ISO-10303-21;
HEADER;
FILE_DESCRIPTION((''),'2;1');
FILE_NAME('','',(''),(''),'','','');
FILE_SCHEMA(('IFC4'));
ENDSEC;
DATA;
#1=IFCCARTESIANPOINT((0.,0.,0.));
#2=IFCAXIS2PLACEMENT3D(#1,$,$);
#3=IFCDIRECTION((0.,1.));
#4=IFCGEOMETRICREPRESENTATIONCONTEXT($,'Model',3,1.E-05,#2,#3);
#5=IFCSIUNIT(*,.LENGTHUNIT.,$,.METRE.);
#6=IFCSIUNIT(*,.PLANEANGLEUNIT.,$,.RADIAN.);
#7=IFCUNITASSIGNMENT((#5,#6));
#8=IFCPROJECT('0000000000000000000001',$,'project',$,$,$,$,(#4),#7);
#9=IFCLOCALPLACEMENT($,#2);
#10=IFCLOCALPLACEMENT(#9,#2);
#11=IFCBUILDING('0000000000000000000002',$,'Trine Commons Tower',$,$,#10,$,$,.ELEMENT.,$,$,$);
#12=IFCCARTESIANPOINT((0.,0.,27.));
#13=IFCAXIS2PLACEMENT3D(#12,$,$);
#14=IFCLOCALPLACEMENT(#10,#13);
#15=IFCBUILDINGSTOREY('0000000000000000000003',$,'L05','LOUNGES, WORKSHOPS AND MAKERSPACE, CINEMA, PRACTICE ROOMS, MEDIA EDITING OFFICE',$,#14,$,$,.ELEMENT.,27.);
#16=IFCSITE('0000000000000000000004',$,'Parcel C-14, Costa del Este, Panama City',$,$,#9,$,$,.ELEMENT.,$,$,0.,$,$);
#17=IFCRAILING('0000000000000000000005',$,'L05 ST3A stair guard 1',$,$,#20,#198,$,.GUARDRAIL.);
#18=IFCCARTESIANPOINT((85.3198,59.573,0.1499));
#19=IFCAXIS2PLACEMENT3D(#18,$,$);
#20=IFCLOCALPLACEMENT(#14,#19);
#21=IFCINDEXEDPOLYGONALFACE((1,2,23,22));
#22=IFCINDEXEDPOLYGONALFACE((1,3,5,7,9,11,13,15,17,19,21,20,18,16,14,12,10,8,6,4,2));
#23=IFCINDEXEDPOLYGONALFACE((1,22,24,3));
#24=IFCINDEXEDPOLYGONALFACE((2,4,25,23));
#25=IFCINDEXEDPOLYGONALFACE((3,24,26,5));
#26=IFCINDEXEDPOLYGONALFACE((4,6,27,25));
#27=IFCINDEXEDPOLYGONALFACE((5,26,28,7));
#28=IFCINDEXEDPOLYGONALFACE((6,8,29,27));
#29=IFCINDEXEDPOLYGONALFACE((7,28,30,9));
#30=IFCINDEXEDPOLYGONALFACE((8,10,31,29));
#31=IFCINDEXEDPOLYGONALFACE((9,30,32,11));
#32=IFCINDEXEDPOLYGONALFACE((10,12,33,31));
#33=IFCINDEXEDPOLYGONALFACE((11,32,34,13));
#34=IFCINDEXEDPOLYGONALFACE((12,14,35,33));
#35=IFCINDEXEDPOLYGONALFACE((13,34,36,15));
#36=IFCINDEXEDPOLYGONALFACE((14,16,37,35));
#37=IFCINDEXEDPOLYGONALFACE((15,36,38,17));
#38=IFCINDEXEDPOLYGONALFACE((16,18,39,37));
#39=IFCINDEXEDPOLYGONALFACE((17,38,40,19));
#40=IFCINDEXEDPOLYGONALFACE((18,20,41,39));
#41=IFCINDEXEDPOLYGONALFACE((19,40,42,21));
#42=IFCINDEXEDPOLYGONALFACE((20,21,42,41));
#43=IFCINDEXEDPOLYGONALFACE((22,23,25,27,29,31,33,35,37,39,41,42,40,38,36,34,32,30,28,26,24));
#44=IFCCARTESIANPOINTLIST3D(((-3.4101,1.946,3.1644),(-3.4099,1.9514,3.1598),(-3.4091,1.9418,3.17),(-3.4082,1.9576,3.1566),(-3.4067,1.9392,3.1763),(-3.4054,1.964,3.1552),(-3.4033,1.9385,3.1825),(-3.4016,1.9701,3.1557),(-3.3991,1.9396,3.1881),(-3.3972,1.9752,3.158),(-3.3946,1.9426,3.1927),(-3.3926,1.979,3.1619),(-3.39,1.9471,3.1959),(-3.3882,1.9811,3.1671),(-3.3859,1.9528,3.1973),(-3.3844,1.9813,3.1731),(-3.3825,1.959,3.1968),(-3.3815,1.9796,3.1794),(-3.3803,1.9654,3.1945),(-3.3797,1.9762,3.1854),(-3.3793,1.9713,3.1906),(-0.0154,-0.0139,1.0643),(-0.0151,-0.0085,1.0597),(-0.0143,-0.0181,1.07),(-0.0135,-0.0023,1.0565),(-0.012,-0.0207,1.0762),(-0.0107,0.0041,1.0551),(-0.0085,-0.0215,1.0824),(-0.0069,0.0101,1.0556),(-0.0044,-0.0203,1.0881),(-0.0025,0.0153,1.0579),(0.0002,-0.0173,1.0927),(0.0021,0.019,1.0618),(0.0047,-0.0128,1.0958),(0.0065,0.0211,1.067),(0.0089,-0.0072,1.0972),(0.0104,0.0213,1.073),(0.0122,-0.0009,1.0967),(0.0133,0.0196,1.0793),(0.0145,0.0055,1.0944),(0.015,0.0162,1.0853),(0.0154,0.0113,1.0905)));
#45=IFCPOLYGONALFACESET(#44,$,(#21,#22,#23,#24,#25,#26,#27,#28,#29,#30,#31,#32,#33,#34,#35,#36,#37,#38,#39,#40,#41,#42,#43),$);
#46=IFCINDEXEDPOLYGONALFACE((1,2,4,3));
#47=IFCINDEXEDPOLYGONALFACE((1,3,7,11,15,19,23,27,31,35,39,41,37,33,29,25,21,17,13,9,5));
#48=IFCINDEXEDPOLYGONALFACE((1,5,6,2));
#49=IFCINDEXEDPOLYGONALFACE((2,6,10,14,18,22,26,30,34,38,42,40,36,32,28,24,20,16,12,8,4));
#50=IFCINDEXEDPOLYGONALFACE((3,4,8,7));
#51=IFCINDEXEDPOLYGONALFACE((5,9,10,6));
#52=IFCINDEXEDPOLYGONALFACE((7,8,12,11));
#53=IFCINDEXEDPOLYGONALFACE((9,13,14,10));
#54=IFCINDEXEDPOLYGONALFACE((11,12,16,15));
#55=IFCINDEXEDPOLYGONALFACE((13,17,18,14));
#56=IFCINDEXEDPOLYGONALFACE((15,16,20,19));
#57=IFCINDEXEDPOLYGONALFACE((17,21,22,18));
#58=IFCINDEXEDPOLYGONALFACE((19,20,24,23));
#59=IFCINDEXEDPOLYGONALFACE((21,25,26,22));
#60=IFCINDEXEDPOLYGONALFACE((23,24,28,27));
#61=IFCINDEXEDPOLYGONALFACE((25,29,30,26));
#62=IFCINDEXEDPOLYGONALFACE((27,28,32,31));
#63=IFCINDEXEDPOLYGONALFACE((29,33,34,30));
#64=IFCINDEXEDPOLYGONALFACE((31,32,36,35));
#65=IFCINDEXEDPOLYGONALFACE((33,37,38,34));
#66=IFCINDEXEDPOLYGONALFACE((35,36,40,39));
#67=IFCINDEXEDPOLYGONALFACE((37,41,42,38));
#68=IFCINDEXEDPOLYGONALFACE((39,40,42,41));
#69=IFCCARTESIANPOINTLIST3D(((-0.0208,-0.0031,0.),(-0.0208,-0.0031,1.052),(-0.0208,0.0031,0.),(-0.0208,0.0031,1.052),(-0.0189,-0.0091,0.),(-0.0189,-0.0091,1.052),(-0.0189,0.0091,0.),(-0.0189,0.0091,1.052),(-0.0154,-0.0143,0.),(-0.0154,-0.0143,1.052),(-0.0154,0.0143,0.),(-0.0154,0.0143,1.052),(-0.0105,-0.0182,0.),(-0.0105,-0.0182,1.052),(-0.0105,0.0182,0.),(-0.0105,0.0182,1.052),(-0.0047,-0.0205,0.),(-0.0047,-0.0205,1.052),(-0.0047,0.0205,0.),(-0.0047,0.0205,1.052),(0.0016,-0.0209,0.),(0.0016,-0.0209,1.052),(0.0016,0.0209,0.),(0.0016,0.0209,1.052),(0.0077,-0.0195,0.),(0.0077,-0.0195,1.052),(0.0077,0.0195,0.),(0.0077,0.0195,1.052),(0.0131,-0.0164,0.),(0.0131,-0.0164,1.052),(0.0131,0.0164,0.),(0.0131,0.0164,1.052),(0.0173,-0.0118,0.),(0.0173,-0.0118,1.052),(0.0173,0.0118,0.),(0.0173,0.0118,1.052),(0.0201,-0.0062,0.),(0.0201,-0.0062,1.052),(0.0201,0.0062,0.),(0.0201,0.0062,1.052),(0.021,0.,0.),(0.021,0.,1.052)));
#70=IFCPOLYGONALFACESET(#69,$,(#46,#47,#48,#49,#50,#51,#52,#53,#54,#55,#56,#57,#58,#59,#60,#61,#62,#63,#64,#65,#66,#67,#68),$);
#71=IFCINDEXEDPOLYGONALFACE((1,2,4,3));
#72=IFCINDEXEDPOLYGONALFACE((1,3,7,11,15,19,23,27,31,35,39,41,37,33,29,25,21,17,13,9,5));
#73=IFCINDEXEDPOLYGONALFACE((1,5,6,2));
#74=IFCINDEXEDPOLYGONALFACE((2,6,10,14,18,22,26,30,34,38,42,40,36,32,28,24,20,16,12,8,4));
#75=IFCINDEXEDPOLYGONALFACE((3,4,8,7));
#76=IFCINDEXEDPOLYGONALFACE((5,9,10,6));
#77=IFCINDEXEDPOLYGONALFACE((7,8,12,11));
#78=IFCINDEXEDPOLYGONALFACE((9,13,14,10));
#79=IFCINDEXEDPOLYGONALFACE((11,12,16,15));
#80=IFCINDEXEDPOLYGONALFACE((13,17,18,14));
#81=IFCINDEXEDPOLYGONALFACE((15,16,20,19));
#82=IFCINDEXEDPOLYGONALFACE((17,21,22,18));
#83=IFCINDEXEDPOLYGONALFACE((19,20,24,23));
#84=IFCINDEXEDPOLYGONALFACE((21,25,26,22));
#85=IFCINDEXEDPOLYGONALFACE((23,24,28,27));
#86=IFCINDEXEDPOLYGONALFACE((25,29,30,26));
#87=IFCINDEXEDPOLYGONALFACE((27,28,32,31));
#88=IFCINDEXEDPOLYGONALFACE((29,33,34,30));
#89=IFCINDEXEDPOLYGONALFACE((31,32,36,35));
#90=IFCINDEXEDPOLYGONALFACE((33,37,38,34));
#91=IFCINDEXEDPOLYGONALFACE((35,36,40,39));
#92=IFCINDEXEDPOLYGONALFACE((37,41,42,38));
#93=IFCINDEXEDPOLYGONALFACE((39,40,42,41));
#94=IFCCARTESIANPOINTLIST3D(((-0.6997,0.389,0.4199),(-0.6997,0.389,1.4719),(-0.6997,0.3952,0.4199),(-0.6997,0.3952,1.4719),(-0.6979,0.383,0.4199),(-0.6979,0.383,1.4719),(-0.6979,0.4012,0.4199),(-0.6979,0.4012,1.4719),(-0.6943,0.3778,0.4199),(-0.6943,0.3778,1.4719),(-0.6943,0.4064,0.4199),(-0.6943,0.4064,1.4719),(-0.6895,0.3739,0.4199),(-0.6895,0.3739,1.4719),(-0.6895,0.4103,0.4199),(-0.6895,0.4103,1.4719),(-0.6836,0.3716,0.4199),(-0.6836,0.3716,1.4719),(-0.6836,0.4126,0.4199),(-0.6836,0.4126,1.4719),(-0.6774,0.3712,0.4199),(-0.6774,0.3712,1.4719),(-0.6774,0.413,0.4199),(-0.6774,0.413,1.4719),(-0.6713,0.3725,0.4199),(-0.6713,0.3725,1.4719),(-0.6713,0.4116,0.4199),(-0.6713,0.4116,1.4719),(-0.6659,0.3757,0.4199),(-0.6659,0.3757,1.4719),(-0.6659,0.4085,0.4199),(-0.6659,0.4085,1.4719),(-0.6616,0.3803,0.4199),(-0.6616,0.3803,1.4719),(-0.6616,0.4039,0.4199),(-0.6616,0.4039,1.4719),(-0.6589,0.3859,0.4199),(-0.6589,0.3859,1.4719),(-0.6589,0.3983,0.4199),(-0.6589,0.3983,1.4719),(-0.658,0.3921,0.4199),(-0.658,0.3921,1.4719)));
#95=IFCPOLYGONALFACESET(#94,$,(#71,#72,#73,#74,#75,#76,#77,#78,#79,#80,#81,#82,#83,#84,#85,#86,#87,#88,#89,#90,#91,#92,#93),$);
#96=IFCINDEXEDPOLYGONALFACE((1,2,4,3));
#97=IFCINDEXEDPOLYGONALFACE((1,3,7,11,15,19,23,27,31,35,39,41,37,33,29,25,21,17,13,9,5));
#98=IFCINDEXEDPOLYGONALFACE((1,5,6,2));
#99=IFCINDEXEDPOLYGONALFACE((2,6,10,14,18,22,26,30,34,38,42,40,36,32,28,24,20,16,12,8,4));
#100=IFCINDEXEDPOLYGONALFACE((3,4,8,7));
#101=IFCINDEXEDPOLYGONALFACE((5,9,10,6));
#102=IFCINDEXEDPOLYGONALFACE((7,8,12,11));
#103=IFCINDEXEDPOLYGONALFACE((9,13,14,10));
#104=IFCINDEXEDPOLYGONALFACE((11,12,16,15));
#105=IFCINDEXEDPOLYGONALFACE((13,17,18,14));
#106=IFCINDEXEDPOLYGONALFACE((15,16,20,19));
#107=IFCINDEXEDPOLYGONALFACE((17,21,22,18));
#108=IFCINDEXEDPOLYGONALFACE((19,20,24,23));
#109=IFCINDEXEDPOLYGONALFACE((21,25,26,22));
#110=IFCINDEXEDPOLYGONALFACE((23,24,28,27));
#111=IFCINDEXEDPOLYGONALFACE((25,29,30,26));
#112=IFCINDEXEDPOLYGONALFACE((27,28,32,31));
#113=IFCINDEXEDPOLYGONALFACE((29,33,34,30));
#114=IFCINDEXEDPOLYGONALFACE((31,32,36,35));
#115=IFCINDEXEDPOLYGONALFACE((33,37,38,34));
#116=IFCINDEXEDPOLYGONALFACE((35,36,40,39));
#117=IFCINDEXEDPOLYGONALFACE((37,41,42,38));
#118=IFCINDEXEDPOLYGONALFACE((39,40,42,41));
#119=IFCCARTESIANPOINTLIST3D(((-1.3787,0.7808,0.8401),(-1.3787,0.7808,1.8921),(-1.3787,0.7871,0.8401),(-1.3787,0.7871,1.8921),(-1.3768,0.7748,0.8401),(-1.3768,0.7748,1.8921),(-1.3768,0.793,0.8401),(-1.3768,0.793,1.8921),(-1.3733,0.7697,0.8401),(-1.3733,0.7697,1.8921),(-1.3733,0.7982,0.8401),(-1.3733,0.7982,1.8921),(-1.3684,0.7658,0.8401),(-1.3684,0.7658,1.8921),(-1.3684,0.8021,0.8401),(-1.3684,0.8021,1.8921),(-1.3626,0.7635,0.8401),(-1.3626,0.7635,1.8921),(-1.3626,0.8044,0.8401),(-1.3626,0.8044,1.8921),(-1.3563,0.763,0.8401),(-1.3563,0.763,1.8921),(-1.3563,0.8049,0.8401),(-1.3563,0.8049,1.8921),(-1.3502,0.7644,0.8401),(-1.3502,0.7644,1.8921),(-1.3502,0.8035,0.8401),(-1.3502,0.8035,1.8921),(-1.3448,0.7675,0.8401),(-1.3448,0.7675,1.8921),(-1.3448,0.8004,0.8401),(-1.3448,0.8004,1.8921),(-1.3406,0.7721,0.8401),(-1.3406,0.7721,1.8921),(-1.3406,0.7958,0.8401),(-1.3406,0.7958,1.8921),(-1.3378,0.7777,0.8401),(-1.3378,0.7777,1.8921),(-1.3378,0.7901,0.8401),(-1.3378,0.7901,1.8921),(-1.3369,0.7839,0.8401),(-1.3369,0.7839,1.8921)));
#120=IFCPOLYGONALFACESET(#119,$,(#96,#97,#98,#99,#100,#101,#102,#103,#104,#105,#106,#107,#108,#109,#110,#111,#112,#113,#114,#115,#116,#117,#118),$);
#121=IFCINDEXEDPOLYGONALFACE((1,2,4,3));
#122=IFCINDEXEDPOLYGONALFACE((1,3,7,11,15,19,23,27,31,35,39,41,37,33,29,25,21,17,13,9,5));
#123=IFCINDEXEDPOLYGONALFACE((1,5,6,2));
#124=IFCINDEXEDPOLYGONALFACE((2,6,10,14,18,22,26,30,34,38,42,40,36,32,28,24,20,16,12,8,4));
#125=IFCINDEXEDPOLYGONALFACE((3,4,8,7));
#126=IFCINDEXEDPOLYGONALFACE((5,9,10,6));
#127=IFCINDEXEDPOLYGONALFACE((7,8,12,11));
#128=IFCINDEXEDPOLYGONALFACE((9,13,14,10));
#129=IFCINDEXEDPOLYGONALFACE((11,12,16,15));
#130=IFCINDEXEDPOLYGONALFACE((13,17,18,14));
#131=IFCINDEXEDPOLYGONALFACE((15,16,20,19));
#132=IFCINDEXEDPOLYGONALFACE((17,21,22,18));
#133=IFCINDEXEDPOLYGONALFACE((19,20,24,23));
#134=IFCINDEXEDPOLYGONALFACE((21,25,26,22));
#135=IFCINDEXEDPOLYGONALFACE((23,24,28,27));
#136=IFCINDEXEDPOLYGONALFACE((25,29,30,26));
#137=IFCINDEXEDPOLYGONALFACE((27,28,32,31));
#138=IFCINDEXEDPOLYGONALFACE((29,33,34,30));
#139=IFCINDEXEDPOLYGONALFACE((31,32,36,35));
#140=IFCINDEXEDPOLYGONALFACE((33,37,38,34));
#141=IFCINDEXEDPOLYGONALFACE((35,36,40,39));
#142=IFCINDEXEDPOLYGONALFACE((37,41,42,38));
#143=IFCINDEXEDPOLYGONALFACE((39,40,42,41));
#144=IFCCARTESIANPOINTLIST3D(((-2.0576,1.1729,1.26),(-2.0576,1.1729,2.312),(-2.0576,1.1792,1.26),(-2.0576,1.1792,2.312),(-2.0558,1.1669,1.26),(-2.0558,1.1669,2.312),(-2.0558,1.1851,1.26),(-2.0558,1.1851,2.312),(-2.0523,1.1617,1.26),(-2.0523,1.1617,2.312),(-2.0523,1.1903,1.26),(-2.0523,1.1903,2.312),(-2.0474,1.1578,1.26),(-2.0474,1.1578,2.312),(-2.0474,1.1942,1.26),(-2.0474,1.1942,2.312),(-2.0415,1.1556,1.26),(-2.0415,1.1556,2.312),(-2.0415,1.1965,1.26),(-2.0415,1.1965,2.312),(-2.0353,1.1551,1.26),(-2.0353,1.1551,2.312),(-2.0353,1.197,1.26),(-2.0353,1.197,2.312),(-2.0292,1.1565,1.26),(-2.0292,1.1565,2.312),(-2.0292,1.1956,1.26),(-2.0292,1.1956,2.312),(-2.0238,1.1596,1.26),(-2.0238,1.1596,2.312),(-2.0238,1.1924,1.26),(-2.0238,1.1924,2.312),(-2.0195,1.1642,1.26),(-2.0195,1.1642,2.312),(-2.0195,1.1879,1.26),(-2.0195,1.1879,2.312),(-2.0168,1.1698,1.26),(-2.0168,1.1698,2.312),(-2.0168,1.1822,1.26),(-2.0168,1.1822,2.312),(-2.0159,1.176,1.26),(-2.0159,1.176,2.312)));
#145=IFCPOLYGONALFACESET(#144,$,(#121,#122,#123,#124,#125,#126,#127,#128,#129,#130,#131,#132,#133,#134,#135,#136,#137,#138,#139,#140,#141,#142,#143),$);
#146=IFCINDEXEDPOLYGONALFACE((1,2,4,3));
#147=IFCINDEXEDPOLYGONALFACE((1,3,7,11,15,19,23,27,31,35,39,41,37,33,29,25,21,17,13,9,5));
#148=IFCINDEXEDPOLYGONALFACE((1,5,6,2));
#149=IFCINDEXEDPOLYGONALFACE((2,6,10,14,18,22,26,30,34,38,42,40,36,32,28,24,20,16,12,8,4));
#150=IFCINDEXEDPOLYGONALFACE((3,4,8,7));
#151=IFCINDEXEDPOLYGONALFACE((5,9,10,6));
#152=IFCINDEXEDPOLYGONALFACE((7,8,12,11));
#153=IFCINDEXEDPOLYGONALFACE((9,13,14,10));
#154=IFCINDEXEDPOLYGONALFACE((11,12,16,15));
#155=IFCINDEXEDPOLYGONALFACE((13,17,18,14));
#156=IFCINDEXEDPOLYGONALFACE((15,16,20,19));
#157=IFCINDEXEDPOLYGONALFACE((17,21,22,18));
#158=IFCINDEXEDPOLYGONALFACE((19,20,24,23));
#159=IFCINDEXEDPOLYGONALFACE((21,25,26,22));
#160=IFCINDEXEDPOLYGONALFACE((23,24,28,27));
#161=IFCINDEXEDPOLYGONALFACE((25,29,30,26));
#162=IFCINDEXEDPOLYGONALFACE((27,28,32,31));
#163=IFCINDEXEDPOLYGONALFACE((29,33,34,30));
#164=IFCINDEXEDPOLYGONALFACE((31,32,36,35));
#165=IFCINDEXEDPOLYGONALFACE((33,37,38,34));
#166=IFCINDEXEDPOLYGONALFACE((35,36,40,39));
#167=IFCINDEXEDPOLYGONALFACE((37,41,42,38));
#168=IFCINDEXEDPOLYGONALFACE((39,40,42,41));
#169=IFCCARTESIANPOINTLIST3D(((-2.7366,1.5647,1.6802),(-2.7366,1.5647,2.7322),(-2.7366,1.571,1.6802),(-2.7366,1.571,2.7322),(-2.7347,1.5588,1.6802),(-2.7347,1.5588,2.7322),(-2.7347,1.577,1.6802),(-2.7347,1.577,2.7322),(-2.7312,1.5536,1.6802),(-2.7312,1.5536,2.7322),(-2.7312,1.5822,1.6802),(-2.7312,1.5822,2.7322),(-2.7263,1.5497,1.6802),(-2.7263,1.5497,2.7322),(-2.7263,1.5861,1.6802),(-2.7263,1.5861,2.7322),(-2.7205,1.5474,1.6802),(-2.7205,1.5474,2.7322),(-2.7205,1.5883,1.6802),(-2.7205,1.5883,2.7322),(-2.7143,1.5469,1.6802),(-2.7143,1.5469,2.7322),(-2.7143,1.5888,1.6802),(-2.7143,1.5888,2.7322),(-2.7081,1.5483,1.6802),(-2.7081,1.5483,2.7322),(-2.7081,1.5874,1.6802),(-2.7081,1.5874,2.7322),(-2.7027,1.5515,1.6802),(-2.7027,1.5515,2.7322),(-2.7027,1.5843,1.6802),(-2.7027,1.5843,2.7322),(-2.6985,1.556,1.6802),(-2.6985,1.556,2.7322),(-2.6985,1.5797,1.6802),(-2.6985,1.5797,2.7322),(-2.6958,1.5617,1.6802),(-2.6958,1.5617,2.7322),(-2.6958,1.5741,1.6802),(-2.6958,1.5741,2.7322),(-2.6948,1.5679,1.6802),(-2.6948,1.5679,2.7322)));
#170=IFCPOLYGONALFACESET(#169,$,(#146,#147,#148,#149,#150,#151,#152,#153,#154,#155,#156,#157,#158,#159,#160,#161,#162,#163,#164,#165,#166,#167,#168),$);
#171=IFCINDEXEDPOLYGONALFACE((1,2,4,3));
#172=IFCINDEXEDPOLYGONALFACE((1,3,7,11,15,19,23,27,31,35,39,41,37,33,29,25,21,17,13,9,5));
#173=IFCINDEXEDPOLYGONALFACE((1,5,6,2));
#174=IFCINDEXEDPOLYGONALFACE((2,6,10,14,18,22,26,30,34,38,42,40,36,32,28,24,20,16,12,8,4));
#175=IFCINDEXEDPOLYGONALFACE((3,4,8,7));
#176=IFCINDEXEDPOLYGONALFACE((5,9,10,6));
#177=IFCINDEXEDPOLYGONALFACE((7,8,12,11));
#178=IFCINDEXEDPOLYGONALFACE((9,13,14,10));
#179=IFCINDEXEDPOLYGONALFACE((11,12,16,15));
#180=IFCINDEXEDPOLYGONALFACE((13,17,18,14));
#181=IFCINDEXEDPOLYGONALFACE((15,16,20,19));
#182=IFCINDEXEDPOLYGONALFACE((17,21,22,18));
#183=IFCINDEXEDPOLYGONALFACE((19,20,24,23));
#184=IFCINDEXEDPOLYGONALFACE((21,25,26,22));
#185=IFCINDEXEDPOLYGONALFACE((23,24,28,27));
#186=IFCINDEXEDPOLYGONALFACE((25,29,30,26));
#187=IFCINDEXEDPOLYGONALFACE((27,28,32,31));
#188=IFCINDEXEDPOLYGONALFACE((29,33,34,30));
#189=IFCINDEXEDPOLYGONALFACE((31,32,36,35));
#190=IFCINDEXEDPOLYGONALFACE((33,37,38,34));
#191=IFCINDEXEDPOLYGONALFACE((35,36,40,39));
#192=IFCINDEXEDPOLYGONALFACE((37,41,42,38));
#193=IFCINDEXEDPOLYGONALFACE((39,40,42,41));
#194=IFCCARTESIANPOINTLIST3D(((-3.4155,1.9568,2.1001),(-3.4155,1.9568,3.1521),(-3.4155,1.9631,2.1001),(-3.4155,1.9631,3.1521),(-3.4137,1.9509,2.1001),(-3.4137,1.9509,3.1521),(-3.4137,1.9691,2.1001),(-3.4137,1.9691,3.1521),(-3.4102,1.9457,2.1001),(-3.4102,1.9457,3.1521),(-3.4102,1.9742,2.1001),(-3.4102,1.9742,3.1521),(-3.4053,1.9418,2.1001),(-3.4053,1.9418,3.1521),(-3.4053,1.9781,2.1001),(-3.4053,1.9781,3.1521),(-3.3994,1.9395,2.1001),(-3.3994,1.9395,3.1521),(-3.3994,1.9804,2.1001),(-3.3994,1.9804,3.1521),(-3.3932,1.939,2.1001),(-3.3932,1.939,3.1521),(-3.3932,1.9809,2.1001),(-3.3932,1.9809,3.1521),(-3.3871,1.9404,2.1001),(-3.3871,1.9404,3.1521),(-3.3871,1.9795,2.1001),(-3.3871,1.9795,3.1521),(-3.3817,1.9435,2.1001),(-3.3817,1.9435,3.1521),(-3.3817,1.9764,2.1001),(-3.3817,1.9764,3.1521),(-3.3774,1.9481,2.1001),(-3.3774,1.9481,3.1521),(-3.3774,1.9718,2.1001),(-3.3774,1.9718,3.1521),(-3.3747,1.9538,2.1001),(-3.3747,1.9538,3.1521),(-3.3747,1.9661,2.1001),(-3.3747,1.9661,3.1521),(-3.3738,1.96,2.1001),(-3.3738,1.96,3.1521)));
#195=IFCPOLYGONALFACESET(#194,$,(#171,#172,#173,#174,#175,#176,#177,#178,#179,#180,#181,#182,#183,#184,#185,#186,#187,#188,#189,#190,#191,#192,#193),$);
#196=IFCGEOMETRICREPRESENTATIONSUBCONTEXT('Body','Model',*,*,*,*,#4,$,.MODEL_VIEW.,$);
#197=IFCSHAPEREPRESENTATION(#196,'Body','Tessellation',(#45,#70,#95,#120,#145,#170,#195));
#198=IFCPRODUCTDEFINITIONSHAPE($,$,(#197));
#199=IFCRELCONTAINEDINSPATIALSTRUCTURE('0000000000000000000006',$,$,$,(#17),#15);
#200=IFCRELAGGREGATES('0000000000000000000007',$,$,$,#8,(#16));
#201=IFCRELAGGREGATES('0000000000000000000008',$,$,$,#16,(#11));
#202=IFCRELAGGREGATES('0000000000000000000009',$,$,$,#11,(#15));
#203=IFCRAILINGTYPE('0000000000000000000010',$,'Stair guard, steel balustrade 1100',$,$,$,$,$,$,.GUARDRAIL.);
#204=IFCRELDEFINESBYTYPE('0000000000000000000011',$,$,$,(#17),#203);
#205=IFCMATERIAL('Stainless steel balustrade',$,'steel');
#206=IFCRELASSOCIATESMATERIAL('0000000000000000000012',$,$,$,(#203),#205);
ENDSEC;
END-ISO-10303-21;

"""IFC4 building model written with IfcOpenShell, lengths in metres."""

from ifc_helpers import new_model, si_unit, direction, frame, origin, origin_2d, place, context, subcontext, project, spatial, circle, extrude, material, type_object, element, save


model = new_model("IFC4")

# Units and contexts
model_context = context("Model", 3, precision=1e-05, world=origin(), true_north=direction((0.0, 1.0)))
body_context = subcontext(model_context, "Body", "Model", "MODEL_VIEW")
ifc_project = project(units=[si_unit("LENGTHUNIT", "METRE"), si_unit("PLANEANGLEUNIT", "RADIAN")], contexts=[model_context])

# Site, building, storey
site_placement = place(None, origin())
site = spatial("IfcSite", under=ifc_project, at=site_placement, Name="Parcel C-14, Costa del Este, Panama City", CompositionType="ELEMENT", RefElevation=0.0)
building_placement = place(site_placement, origin())
building = spatial("IfcBuilding", under=site, at=building_placement, Name="Trine Commons Tower", CompositionType="ELEMENT")
storey_placement = place(building_placement, frame((0.0, 0.0, 27.0)))
storey = spatial("IfcBuildingStorey", under=building, at=storey_placement, Name="L05", Description="LOUNGES, WORKSHOPS AND MAKERSPACE, CINEMA, PRACTICE ROOMS, MEDIA EDITING OFFICE", CompositionType="ELEMENT", Elevation=27.0)

# Railing
ifc_material_1 = material(Name="Stainless steel balustrade", Category="steel")
railing_type_1 = type_object("IfcRailingType", Name="Stair guard, steel balustrade 1100", PredefinedType="GUARDRAIL", material=ifc_material_1)
railing_1_placement = place(storey_placement, frame((85.3198, 59.573, 0.1499)))
element("IfcRailing", 1, at=railing_1_placement, inside=storey, type_object=railing_type_1, Name="L05 ST3A stair guard 1", PredefinedType="GUARDRAIL", context=body_context, shape_type="SweptSolid", body=[
    extrude(circle(Radius=0.0239, at=origin_2d()), frame((0.0, 0.0, 1.0762), z_axis=(-0.763375, 0.440732, 0.472244), x_axis=(-0.499997, -0.866027, 0.0)), (0.0, 0.0, 1.0), 4.447),
    extrude(circle(Radius=0.021, at=origin_2d()), origin(), (0.0, 0.0, 1.0), 1.052),
    extrude(circle(Radius=0.021, at=origin_2d()), frame((-0.679, 0.3921, 0.4199)), (0.0, 0.0, 1.0), 1.052),
    extrude(circle(Radius=0.021, at=origin_2d()), frame((-1.3579, 0.7839, 0.8401)), (0.0, 0.0, 1.0), 1.052),
    extrude(circle(Radius=0.021, at=origin_2d()), frame((-2.0369, 1.176, 1.26)), (0.0, 0.0, 1.0), 1.052),
    extrude(circle(Radius=0.021, at=origin_2d()), frame((-2.7158, 1.5679, 1.6802)), (0.0, 0.0, 1.0), 1.052),
    extrude(circle(Radius=0.021, at=origin_2d()), frame((-3.3948, 1.96, 2.1001)), (0.0, 0.0, 1.0), 1.052),
])

save(model, "model.ifc")
